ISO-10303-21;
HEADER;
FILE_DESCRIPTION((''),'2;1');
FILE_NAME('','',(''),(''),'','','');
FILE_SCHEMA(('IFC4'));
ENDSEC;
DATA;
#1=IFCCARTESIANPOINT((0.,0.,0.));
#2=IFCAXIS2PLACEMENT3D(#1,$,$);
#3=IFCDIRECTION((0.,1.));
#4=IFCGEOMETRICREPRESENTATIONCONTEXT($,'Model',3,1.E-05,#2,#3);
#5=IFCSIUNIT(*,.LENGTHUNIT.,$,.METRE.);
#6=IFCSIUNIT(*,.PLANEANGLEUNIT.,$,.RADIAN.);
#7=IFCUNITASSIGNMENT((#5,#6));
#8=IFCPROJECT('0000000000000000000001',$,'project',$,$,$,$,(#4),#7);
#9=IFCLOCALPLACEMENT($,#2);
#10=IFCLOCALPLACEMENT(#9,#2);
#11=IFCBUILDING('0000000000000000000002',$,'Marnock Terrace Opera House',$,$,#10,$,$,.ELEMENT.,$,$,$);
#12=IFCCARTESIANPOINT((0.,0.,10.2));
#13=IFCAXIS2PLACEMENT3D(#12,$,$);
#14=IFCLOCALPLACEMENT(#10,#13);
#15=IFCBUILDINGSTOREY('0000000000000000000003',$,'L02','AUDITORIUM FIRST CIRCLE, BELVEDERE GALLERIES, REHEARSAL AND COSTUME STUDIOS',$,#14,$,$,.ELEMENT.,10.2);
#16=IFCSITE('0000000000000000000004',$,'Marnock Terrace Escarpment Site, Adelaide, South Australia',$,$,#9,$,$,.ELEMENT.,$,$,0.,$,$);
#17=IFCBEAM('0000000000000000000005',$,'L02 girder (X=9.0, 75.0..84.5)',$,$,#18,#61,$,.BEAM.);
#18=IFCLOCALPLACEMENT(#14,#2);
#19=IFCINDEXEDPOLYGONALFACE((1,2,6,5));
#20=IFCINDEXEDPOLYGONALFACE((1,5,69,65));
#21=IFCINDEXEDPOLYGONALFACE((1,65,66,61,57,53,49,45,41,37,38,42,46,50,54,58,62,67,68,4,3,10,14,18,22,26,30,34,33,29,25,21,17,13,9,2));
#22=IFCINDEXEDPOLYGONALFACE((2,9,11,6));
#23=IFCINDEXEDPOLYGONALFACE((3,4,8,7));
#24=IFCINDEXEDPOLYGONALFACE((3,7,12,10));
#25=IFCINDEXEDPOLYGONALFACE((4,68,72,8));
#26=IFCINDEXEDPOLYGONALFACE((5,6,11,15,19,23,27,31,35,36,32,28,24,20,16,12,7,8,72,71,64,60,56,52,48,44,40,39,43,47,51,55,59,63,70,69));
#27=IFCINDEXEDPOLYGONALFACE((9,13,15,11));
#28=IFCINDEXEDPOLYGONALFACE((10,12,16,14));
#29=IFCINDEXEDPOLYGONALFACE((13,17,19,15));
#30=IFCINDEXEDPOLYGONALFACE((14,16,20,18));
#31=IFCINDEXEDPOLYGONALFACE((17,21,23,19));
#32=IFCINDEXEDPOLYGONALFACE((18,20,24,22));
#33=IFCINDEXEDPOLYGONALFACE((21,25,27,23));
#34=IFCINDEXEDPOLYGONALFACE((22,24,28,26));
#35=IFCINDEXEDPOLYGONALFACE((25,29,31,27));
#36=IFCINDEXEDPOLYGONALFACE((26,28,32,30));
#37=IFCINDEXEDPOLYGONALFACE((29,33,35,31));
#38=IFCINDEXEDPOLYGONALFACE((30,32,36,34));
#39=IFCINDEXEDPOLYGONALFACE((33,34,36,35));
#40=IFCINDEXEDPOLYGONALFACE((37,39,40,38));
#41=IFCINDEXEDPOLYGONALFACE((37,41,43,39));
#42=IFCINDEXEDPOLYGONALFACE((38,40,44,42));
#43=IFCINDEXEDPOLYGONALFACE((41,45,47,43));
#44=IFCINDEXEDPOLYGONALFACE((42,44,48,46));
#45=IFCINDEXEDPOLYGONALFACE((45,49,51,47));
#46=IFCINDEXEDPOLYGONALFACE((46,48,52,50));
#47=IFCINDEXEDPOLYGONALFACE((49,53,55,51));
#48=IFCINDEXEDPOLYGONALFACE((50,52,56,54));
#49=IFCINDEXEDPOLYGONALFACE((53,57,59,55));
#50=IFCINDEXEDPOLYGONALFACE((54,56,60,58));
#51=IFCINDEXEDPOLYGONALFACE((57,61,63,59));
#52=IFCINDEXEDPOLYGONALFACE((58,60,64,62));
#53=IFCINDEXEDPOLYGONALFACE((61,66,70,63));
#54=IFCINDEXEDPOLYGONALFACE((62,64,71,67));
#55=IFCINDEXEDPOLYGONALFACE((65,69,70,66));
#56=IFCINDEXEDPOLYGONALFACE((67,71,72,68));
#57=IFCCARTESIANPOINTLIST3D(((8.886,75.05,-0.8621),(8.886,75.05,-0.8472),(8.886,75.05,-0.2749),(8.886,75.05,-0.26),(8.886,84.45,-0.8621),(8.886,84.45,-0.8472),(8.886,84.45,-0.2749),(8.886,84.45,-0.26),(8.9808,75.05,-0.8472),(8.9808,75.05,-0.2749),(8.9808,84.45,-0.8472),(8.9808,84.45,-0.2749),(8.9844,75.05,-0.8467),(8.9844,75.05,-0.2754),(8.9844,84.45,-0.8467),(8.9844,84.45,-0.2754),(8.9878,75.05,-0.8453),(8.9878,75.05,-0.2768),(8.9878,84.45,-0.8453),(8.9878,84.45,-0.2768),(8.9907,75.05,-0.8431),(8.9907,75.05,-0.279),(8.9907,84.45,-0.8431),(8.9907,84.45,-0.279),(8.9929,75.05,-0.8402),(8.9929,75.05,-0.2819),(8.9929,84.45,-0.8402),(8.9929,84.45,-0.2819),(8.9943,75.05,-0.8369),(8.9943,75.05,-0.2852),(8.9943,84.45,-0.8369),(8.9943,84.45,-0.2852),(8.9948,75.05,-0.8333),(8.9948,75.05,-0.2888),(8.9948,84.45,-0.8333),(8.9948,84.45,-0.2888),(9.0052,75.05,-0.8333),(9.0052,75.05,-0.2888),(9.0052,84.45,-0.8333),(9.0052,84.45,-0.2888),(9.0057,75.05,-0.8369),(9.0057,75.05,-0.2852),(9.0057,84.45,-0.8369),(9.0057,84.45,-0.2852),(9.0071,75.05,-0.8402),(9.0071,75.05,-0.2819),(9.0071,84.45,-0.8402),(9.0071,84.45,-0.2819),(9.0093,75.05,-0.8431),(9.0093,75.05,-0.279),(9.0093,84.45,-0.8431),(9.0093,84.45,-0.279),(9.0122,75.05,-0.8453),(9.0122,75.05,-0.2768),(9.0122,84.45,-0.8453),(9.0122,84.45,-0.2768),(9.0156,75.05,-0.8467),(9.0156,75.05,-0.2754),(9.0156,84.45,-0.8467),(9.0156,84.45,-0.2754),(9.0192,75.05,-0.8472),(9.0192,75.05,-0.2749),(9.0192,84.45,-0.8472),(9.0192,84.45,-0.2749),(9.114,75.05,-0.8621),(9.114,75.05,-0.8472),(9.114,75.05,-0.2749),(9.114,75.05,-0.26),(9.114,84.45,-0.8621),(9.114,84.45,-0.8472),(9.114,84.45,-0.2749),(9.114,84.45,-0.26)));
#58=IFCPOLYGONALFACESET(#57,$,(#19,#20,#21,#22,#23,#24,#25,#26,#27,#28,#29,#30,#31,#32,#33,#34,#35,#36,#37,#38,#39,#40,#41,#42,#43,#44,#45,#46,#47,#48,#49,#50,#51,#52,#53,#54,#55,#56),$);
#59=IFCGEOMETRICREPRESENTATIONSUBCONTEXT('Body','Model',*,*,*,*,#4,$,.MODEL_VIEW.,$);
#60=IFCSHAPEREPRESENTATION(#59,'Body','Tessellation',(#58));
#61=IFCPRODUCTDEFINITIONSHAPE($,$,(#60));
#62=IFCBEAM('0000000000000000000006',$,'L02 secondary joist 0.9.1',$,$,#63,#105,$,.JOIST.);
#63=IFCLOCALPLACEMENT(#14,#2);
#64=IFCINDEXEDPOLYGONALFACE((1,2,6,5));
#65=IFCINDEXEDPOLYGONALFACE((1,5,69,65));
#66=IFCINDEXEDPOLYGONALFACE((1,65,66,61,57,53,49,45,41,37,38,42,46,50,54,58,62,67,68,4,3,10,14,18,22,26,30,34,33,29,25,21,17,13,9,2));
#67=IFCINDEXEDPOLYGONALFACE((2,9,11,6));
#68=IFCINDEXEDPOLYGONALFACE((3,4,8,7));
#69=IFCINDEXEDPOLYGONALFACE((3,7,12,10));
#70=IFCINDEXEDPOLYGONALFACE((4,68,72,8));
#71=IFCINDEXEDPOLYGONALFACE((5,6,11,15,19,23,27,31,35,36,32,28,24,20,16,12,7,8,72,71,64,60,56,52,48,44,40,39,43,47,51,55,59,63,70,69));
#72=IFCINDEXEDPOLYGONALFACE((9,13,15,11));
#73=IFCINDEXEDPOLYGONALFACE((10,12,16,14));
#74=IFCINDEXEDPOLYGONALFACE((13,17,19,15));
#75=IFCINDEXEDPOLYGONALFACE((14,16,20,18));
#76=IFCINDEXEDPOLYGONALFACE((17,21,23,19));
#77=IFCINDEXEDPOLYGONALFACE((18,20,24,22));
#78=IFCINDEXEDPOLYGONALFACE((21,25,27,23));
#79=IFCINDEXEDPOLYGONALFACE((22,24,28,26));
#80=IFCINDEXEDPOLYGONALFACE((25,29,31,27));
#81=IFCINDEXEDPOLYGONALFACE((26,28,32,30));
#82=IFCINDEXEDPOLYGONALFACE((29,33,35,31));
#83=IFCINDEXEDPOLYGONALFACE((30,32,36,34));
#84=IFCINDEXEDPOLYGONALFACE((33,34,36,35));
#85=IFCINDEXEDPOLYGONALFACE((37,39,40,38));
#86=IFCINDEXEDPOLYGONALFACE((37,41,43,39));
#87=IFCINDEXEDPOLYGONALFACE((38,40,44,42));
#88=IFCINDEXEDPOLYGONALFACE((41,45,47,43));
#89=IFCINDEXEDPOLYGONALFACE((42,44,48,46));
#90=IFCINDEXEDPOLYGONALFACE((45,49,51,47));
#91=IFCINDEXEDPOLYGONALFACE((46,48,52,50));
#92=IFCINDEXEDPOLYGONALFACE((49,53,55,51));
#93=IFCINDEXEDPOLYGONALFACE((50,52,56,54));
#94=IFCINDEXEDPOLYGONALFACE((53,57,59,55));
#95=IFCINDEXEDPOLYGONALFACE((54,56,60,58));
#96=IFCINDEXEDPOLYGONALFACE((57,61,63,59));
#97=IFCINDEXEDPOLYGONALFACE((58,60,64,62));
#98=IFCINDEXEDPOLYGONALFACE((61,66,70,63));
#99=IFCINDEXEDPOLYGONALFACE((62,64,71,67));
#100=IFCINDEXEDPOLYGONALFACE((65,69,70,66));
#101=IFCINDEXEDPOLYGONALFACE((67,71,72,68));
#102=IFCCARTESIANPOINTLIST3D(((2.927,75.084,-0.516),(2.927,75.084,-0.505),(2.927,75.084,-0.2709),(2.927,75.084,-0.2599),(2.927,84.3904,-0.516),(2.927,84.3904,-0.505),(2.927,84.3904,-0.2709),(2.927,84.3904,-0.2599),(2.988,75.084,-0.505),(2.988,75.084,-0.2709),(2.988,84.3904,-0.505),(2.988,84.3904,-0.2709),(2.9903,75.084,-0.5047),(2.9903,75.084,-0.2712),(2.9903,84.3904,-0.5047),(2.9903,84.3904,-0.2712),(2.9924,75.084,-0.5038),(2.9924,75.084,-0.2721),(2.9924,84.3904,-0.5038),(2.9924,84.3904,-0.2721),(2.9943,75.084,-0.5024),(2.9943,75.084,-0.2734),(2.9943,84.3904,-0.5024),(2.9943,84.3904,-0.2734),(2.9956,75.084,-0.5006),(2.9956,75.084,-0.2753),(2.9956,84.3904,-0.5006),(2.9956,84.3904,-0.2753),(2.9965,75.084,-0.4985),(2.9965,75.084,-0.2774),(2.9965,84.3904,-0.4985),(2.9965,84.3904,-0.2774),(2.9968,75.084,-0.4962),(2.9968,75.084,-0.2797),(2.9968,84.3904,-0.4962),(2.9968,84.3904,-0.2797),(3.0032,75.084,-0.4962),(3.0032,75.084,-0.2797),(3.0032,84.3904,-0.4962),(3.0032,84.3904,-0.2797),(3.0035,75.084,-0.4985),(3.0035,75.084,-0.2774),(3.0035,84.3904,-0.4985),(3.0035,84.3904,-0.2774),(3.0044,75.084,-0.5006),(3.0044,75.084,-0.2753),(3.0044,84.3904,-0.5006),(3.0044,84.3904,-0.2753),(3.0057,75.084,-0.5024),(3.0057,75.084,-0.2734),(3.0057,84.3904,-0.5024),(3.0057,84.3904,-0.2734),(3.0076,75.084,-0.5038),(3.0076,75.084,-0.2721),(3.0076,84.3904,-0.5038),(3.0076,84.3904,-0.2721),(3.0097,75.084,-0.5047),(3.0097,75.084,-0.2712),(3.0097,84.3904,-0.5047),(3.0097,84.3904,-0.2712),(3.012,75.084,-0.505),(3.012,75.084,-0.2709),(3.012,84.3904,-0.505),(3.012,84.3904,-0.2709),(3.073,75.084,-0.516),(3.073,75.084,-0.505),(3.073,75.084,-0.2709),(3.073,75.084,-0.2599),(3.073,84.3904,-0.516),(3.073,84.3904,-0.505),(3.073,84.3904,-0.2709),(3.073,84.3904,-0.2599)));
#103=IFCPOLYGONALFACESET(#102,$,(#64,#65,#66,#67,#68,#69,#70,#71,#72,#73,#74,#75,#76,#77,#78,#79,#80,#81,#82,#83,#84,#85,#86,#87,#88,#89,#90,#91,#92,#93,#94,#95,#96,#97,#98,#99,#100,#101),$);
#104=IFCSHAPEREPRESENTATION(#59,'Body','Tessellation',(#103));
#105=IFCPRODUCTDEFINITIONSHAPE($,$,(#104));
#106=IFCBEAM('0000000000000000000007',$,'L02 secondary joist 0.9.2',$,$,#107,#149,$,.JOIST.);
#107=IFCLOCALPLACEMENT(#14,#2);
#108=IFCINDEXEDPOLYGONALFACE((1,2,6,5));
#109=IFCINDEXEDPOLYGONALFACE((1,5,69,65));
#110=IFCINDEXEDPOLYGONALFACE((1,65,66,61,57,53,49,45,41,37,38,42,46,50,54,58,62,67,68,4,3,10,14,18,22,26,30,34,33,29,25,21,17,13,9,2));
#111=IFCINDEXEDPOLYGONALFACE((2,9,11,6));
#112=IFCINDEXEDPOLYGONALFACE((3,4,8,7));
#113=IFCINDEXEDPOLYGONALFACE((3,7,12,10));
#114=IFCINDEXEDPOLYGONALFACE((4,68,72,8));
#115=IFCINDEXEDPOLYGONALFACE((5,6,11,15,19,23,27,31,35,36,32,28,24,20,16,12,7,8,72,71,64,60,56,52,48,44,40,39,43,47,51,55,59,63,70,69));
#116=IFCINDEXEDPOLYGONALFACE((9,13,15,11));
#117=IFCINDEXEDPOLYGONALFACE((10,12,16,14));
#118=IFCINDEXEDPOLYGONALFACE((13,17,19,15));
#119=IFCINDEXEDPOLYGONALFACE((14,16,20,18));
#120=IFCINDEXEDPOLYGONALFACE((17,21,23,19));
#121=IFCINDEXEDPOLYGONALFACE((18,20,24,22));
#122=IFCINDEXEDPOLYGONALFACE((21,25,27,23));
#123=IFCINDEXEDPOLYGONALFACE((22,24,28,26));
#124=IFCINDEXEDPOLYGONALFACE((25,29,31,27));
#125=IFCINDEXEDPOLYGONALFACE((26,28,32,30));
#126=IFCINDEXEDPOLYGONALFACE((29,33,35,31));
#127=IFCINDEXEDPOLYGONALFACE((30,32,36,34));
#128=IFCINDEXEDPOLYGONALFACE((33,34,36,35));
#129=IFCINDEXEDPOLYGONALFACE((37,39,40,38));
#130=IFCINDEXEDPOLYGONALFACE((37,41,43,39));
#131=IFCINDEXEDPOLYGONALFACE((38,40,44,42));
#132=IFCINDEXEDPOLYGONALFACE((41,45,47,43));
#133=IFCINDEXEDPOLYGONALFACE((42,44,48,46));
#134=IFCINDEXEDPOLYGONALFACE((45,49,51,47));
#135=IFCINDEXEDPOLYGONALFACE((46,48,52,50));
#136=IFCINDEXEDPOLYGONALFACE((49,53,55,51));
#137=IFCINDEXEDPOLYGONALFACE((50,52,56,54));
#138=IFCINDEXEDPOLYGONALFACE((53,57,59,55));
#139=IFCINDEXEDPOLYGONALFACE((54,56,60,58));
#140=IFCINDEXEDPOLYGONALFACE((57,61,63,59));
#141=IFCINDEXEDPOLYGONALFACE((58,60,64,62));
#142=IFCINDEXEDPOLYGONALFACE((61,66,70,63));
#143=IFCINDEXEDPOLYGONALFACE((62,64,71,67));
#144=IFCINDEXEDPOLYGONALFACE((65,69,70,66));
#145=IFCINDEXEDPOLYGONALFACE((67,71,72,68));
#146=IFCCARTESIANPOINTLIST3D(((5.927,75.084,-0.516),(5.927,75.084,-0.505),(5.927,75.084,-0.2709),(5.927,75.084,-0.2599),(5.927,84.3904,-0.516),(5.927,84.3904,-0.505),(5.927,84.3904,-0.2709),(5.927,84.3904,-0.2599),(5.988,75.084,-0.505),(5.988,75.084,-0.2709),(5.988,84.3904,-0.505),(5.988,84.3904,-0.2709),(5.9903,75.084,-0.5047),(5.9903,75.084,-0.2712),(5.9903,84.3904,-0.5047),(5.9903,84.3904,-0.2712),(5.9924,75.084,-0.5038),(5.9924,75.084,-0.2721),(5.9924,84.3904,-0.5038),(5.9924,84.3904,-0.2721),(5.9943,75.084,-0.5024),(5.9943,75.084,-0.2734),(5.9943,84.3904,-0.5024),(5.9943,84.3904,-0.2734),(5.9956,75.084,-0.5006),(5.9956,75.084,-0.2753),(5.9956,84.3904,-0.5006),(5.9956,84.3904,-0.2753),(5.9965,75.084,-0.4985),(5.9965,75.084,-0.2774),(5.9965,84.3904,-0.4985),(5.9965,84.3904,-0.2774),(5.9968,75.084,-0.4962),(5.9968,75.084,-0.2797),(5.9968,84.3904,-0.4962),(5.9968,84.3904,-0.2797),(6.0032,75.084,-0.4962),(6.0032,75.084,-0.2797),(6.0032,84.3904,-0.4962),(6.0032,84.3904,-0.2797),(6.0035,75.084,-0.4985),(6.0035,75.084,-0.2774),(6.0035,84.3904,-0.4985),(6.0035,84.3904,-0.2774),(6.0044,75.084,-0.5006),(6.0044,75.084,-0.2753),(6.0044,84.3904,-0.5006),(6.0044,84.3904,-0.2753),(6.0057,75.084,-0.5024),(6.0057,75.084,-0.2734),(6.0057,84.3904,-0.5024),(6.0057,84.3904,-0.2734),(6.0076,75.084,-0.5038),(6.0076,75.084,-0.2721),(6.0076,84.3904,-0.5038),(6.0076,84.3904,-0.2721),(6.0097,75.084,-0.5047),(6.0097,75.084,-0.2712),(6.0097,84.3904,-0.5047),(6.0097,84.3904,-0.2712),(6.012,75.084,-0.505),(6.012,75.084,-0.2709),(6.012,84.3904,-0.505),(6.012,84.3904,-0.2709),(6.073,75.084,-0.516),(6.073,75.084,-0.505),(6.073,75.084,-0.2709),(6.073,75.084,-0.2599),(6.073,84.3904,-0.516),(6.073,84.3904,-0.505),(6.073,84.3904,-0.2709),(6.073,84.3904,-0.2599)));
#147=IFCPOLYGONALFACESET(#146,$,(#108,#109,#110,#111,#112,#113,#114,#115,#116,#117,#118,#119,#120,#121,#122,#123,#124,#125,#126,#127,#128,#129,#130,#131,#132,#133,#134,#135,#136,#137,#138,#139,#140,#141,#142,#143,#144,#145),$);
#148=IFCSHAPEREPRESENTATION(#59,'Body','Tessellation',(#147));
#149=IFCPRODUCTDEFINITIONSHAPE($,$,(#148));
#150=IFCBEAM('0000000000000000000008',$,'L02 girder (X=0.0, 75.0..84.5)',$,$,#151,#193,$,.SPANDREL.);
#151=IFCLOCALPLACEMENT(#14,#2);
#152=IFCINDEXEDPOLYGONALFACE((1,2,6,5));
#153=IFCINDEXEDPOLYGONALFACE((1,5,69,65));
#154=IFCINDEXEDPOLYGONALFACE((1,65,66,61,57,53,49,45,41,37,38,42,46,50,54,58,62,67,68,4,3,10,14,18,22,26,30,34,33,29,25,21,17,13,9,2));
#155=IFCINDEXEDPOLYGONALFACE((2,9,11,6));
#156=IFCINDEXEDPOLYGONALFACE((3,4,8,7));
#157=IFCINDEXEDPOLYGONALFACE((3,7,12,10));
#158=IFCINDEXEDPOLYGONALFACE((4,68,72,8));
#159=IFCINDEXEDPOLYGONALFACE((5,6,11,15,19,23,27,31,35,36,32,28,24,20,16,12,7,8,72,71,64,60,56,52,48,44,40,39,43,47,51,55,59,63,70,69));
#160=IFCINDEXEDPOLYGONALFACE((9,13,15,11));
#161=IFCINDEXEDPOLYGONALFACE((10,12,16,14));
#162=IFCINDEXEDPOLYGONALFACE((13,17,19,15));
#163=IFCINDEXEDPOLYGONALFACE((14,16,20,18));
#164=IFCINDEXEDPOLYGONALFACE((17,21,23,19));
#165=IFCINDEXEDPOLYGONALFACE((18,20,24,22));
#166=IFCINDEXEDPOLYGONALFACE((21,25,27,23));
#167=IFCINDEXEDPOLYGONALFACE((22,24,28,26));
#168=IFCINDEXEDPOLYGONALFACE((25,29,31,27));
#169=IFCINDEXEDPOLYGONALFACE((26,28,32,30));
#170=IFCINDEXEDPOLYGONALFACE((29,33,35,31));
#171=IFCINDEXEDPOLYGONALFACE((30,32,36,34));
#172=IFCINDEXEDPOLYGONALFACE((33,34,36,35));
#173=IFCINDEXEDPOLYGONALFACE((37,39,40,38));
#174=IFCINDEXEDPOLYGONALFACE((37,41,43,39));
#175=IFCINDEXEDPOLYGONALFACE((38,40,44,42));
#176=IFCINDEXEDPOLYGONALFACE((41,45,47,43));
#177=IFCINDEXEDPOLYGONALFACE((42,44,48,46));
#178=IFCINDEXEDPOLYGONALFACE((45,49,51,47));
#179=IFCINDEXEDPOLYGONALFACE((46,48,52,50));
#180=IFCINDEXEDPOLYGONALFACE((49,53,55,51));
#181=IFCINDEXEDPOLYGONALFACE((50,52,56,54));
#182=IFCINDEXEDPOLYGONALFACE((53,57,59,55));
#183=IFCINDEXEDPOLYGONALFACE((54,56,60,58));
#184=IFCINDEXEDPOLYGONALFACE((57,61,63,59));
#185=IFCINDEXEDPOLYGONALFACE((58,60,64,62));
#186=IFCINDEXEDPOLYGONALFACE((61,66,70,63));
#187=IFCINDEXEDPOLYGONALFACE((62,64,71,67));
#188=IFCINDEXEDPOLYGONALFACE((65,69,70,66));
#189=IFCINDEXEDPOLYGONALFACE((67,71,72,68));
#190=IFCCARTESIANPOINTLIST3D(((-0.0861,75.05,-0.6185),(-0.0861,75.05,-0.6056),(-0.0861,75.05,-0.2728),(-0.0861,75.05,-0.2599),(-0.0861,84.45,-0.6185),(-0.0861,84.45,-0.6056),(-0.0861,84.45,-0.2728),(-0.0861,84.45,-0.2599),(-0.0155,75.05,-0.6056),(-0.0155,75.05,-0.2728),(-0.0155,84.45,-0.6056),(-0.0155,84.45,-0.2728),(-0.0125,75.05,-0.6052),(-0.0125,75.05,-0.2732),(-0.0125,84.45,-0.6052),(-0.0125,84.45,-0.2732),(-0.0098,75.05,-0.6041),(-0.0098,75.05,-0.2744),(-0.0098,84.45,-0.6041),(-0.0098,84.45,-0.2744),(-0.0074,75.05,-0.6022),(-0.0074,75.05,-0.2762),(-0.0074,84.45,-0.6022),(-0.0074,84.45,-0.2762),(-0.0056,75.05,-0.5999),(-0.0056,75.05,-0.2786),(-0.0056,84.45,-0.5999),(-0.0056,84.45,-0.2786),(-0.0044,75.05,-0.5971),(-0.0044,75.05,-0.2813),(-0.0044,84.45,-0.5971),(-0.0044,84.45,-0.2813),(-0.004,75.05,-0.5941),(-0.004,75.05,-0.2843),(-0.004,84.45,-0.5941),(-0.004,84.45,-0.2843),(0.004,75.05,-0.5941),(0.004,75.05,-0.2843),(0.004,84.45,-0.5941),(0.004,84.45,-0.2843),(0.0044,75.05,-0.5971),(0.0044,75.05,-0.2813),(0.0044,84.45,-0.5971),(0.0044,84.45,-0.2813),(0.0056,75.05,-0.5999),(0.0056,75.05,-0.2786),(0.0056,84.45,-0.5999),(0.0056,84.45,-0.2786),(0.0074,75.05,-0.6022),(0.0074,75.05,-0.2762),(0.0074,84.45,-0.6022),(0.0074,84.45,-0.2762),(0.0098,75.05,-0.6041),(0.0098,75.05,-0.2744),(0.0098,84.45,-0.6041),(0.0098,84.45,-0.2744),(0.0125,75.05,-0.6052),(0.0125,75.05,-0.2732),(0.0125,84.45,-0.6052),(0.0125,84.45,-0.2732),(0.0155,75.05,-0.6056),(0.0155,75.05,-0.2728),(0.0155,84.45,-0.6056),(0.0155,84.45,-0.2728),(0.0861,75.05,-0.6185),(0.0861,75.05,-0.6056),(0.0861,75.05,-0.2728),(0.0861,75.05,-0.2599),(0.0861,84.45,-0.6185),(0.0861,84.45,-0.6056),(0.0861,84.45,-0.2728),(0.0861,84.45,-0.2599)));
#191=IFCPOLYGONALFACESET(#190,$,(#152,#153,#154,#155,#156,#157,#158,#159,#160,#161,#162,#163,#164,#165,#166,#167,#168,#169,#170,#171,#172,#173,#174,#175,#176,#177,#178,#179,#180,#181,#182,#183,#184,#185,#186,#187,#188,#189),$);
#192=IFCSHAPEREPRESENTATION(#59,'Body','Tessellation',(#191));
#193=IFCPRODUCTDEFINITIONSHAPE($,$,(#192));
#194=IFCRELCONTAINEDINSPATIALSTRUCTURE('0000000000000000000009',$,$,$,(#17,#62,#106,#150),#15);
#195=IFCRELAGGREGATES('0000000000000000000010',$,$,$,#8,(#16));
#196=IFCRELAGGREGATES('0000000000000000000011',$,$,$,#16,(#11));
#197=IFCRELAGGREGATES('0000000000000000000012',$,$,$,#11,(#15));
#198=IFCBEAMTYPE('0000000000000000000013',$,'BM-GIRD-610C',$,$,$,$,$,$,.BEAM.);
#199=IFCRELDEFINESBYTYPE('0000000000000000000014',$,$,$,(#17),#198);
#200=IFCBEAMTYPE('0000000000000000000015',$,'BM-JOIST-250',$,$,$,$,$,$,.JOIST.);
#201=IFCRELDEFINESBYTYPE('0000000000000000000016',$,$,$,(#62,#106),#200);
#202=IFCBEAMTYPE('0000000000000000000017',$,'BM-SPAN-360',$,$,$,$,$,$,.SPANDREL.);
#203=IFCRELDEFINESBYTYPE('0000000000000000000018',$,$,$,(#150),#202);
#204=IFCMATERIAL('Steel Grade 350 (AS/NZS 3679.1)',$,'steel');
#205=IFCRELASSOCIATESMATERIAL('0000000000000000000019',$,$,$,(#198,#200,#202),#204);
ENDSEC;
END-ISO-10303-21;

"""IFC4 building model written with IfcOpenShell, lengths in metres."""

from ifc_helpers import new_model, si_unit, direction, frame, origin, origin_2d, place, context, subcontext, project, spatial, i_section, extrude, material, material_profile, profile_set, type_object, element, save


model = new_model("IFC4")

# Units and contexts
model_context = context("Model", 3, precision=1e-05, world=origin(), true_north=direction((0.0, 1.0)))
body_context = subcontext(model_context, "Body", "Model", "MODEL_VIEW")
ifc_project = project(units=[si_unit("LENGTHUNIT", "METRE"), si_unit("PLANEANGLEUNIT", "RADIAN")], contexts=[model_context])

# Site, building, storey
site_placement = place(None, origin())
site = spatial("IfcSite", under=ifc_project, at=site_placement, Name="Marnock Terrace Escarpment Site, Adelaide, South Australia", CompositionType="ELEMENT", RefElevation=0.0)
building_placement = place(site_placement, origin())
building = spatial("IfcBuilding", under=site, at=building_placement, Name="Marnock Terrace Opera House", CompositionType="ELEMENT")
storey_placement = place(building_placement, frame((0.0, 0.0, 10.2)))
storey = spatial("IfcBuildingStorey", under=building, at=storey_placement, Name="L02", Description="AUDITORIUM FIRST CIRCLE, BELVEDERE GALLERIES, REHEARSAL AND COSTUME STUDIOS", CompositionType="ELEMENT", Elevation=10.2)

# Shared definitions
ifc_material_1 = material(Name="Steel Grade 350 (AS/NZS 3679.1)", Category="steel")

# Beams
ifc_material_profile_1 = material_profile(ifc_material_1, i_section(OverallWidth=0.228, OverallDepth=0.6021, WebThickness=0.0105, FlangeThickness=0.0149, FilletRadius=0.0139, at=origin_2d()))
ifc_profile_set_1 = profile_set([ifc_material_profile_1], Name="Steel Grade 350 (AS/NZS 3679.1)")
beam_type_1 = type_object("IfcBeamType", Name="BM-GIRD-610C", PredefinedType="BEAM", material=ifc_profile_set_1)
beam_1_placement = place(storey_placement, frame((9.0, 75.05, -0.561), z_axis=(0.0, 1.0, 0.0), x_axis=(-1.0, 0.0, 0.0)))
element("IfcBeam", 1, at=beam_1_placement, inside=storey, type_object=beam_type_1, Name="L02 girder (X=9.0, 75.0..84.5)", PredefinedType="BEAM", context=body_context, shape_type="SweptSolid", body=[
    extrude(i_section(OverallWidth=0.228, OverallDepth=0.6021, WebThickness=0.0105, FlangeThickness=0.0149, FilletRadius=0.0139, at=origin_2d()), origin(), (0.0, 0.0, 1.0), 9.3999),
])
ifc_material_profile_2 = material_profile(ifc_material_1, i_section(OverallWidth=0.146, OverallDepth=0.2561, WebThickness=0.0063, FlangeThickness=0.011, FilletRadius=0.0088, at=origin_2d()))
ifc_profile_set_2 = profile_set([ifc_material_profile_2], Name="Steel Grade 350 (AS/NZS 3679.1)")
beam_type_2 = type_object("IfcBeamType", Name="BM-JOIST-250", PredefinedType="JOIST", material=ifc_profile_set_2)
for number, where, z_axis, x_axis, name in (
    (2, (3.0, 75.084, -0.3879), (0.0, 1.0, 0.0), (-1.0, 0.0, 0.0), "L02 secondary joist 0.9.1"),
    (3, (6.0, 75.084, -0.3879), (0.0, 1.0, 0.0), (-1.0, 0.0, 0.0), "L02 secondary joist 0.9.2"),
):
    element("IfcBeam", number, at=place(storey_placement, frame(where, z_axis=z_axis, x_axis=x_axis)), inside=storey, type_object=beam_type_2, Name=name, PredefinedType="JOIST", context=body_context, shape_type="SweptSolid", body=[
        extrude(i_section(OverallWidth=0.146, OverallDepth=0.2561, WebThickness=0.0063, FlangeThickness=0.011, FilletRadius=0.0088, at=origin_2d()), origin(), (0.0, 0.0, 1.0), 9.3064),
    ])
ifc_material_profile_3 = material_profile(ifc_material_1, i_section(OverallWidth=0.1721, OverallDepth=0.3586, WebThickness=0.0081, FlangeThickness=0.0129, FilletRadius=0.0115, at=origin_2d()))
ifc_profile_set_3 = profile_set([ifc_material_profile_3], Name="Steel Grade 350 (AS/NZS 3679.1)")
beam_type_3 = type_object("IfcBeamType", Name="BM-SPAN-360", PredefinedType="SPANDREL", material=ifc_profile_set_3)
beam_2_placement = place(storey_placement, frame((0.0, 75.05, -0.4392), z_axis=(0.0, 1.0, 0.0), x_axis=(-1.0, 0.0, 0.0)))
element("IfcBeam", 4, at=beam_2_placement, inside=storey, type_object=beam_type_3, Name="L02 girder (X=0.0, 75.0..84.5)", PredefinedType="SPANDREL", context=body_context, shape_type="SweptSolid", body=[
    extrude(i_section(OverallWidth=0.1721, OverallDepth=0.3586, WebThickness=0.0081, FlangeThickness=0.0129, FilletRadius=0.0115, at=origin_2d()), origin(), (0.0, 0.0, 1.0), 9.3999),
])

save(model, "model.ifc")
